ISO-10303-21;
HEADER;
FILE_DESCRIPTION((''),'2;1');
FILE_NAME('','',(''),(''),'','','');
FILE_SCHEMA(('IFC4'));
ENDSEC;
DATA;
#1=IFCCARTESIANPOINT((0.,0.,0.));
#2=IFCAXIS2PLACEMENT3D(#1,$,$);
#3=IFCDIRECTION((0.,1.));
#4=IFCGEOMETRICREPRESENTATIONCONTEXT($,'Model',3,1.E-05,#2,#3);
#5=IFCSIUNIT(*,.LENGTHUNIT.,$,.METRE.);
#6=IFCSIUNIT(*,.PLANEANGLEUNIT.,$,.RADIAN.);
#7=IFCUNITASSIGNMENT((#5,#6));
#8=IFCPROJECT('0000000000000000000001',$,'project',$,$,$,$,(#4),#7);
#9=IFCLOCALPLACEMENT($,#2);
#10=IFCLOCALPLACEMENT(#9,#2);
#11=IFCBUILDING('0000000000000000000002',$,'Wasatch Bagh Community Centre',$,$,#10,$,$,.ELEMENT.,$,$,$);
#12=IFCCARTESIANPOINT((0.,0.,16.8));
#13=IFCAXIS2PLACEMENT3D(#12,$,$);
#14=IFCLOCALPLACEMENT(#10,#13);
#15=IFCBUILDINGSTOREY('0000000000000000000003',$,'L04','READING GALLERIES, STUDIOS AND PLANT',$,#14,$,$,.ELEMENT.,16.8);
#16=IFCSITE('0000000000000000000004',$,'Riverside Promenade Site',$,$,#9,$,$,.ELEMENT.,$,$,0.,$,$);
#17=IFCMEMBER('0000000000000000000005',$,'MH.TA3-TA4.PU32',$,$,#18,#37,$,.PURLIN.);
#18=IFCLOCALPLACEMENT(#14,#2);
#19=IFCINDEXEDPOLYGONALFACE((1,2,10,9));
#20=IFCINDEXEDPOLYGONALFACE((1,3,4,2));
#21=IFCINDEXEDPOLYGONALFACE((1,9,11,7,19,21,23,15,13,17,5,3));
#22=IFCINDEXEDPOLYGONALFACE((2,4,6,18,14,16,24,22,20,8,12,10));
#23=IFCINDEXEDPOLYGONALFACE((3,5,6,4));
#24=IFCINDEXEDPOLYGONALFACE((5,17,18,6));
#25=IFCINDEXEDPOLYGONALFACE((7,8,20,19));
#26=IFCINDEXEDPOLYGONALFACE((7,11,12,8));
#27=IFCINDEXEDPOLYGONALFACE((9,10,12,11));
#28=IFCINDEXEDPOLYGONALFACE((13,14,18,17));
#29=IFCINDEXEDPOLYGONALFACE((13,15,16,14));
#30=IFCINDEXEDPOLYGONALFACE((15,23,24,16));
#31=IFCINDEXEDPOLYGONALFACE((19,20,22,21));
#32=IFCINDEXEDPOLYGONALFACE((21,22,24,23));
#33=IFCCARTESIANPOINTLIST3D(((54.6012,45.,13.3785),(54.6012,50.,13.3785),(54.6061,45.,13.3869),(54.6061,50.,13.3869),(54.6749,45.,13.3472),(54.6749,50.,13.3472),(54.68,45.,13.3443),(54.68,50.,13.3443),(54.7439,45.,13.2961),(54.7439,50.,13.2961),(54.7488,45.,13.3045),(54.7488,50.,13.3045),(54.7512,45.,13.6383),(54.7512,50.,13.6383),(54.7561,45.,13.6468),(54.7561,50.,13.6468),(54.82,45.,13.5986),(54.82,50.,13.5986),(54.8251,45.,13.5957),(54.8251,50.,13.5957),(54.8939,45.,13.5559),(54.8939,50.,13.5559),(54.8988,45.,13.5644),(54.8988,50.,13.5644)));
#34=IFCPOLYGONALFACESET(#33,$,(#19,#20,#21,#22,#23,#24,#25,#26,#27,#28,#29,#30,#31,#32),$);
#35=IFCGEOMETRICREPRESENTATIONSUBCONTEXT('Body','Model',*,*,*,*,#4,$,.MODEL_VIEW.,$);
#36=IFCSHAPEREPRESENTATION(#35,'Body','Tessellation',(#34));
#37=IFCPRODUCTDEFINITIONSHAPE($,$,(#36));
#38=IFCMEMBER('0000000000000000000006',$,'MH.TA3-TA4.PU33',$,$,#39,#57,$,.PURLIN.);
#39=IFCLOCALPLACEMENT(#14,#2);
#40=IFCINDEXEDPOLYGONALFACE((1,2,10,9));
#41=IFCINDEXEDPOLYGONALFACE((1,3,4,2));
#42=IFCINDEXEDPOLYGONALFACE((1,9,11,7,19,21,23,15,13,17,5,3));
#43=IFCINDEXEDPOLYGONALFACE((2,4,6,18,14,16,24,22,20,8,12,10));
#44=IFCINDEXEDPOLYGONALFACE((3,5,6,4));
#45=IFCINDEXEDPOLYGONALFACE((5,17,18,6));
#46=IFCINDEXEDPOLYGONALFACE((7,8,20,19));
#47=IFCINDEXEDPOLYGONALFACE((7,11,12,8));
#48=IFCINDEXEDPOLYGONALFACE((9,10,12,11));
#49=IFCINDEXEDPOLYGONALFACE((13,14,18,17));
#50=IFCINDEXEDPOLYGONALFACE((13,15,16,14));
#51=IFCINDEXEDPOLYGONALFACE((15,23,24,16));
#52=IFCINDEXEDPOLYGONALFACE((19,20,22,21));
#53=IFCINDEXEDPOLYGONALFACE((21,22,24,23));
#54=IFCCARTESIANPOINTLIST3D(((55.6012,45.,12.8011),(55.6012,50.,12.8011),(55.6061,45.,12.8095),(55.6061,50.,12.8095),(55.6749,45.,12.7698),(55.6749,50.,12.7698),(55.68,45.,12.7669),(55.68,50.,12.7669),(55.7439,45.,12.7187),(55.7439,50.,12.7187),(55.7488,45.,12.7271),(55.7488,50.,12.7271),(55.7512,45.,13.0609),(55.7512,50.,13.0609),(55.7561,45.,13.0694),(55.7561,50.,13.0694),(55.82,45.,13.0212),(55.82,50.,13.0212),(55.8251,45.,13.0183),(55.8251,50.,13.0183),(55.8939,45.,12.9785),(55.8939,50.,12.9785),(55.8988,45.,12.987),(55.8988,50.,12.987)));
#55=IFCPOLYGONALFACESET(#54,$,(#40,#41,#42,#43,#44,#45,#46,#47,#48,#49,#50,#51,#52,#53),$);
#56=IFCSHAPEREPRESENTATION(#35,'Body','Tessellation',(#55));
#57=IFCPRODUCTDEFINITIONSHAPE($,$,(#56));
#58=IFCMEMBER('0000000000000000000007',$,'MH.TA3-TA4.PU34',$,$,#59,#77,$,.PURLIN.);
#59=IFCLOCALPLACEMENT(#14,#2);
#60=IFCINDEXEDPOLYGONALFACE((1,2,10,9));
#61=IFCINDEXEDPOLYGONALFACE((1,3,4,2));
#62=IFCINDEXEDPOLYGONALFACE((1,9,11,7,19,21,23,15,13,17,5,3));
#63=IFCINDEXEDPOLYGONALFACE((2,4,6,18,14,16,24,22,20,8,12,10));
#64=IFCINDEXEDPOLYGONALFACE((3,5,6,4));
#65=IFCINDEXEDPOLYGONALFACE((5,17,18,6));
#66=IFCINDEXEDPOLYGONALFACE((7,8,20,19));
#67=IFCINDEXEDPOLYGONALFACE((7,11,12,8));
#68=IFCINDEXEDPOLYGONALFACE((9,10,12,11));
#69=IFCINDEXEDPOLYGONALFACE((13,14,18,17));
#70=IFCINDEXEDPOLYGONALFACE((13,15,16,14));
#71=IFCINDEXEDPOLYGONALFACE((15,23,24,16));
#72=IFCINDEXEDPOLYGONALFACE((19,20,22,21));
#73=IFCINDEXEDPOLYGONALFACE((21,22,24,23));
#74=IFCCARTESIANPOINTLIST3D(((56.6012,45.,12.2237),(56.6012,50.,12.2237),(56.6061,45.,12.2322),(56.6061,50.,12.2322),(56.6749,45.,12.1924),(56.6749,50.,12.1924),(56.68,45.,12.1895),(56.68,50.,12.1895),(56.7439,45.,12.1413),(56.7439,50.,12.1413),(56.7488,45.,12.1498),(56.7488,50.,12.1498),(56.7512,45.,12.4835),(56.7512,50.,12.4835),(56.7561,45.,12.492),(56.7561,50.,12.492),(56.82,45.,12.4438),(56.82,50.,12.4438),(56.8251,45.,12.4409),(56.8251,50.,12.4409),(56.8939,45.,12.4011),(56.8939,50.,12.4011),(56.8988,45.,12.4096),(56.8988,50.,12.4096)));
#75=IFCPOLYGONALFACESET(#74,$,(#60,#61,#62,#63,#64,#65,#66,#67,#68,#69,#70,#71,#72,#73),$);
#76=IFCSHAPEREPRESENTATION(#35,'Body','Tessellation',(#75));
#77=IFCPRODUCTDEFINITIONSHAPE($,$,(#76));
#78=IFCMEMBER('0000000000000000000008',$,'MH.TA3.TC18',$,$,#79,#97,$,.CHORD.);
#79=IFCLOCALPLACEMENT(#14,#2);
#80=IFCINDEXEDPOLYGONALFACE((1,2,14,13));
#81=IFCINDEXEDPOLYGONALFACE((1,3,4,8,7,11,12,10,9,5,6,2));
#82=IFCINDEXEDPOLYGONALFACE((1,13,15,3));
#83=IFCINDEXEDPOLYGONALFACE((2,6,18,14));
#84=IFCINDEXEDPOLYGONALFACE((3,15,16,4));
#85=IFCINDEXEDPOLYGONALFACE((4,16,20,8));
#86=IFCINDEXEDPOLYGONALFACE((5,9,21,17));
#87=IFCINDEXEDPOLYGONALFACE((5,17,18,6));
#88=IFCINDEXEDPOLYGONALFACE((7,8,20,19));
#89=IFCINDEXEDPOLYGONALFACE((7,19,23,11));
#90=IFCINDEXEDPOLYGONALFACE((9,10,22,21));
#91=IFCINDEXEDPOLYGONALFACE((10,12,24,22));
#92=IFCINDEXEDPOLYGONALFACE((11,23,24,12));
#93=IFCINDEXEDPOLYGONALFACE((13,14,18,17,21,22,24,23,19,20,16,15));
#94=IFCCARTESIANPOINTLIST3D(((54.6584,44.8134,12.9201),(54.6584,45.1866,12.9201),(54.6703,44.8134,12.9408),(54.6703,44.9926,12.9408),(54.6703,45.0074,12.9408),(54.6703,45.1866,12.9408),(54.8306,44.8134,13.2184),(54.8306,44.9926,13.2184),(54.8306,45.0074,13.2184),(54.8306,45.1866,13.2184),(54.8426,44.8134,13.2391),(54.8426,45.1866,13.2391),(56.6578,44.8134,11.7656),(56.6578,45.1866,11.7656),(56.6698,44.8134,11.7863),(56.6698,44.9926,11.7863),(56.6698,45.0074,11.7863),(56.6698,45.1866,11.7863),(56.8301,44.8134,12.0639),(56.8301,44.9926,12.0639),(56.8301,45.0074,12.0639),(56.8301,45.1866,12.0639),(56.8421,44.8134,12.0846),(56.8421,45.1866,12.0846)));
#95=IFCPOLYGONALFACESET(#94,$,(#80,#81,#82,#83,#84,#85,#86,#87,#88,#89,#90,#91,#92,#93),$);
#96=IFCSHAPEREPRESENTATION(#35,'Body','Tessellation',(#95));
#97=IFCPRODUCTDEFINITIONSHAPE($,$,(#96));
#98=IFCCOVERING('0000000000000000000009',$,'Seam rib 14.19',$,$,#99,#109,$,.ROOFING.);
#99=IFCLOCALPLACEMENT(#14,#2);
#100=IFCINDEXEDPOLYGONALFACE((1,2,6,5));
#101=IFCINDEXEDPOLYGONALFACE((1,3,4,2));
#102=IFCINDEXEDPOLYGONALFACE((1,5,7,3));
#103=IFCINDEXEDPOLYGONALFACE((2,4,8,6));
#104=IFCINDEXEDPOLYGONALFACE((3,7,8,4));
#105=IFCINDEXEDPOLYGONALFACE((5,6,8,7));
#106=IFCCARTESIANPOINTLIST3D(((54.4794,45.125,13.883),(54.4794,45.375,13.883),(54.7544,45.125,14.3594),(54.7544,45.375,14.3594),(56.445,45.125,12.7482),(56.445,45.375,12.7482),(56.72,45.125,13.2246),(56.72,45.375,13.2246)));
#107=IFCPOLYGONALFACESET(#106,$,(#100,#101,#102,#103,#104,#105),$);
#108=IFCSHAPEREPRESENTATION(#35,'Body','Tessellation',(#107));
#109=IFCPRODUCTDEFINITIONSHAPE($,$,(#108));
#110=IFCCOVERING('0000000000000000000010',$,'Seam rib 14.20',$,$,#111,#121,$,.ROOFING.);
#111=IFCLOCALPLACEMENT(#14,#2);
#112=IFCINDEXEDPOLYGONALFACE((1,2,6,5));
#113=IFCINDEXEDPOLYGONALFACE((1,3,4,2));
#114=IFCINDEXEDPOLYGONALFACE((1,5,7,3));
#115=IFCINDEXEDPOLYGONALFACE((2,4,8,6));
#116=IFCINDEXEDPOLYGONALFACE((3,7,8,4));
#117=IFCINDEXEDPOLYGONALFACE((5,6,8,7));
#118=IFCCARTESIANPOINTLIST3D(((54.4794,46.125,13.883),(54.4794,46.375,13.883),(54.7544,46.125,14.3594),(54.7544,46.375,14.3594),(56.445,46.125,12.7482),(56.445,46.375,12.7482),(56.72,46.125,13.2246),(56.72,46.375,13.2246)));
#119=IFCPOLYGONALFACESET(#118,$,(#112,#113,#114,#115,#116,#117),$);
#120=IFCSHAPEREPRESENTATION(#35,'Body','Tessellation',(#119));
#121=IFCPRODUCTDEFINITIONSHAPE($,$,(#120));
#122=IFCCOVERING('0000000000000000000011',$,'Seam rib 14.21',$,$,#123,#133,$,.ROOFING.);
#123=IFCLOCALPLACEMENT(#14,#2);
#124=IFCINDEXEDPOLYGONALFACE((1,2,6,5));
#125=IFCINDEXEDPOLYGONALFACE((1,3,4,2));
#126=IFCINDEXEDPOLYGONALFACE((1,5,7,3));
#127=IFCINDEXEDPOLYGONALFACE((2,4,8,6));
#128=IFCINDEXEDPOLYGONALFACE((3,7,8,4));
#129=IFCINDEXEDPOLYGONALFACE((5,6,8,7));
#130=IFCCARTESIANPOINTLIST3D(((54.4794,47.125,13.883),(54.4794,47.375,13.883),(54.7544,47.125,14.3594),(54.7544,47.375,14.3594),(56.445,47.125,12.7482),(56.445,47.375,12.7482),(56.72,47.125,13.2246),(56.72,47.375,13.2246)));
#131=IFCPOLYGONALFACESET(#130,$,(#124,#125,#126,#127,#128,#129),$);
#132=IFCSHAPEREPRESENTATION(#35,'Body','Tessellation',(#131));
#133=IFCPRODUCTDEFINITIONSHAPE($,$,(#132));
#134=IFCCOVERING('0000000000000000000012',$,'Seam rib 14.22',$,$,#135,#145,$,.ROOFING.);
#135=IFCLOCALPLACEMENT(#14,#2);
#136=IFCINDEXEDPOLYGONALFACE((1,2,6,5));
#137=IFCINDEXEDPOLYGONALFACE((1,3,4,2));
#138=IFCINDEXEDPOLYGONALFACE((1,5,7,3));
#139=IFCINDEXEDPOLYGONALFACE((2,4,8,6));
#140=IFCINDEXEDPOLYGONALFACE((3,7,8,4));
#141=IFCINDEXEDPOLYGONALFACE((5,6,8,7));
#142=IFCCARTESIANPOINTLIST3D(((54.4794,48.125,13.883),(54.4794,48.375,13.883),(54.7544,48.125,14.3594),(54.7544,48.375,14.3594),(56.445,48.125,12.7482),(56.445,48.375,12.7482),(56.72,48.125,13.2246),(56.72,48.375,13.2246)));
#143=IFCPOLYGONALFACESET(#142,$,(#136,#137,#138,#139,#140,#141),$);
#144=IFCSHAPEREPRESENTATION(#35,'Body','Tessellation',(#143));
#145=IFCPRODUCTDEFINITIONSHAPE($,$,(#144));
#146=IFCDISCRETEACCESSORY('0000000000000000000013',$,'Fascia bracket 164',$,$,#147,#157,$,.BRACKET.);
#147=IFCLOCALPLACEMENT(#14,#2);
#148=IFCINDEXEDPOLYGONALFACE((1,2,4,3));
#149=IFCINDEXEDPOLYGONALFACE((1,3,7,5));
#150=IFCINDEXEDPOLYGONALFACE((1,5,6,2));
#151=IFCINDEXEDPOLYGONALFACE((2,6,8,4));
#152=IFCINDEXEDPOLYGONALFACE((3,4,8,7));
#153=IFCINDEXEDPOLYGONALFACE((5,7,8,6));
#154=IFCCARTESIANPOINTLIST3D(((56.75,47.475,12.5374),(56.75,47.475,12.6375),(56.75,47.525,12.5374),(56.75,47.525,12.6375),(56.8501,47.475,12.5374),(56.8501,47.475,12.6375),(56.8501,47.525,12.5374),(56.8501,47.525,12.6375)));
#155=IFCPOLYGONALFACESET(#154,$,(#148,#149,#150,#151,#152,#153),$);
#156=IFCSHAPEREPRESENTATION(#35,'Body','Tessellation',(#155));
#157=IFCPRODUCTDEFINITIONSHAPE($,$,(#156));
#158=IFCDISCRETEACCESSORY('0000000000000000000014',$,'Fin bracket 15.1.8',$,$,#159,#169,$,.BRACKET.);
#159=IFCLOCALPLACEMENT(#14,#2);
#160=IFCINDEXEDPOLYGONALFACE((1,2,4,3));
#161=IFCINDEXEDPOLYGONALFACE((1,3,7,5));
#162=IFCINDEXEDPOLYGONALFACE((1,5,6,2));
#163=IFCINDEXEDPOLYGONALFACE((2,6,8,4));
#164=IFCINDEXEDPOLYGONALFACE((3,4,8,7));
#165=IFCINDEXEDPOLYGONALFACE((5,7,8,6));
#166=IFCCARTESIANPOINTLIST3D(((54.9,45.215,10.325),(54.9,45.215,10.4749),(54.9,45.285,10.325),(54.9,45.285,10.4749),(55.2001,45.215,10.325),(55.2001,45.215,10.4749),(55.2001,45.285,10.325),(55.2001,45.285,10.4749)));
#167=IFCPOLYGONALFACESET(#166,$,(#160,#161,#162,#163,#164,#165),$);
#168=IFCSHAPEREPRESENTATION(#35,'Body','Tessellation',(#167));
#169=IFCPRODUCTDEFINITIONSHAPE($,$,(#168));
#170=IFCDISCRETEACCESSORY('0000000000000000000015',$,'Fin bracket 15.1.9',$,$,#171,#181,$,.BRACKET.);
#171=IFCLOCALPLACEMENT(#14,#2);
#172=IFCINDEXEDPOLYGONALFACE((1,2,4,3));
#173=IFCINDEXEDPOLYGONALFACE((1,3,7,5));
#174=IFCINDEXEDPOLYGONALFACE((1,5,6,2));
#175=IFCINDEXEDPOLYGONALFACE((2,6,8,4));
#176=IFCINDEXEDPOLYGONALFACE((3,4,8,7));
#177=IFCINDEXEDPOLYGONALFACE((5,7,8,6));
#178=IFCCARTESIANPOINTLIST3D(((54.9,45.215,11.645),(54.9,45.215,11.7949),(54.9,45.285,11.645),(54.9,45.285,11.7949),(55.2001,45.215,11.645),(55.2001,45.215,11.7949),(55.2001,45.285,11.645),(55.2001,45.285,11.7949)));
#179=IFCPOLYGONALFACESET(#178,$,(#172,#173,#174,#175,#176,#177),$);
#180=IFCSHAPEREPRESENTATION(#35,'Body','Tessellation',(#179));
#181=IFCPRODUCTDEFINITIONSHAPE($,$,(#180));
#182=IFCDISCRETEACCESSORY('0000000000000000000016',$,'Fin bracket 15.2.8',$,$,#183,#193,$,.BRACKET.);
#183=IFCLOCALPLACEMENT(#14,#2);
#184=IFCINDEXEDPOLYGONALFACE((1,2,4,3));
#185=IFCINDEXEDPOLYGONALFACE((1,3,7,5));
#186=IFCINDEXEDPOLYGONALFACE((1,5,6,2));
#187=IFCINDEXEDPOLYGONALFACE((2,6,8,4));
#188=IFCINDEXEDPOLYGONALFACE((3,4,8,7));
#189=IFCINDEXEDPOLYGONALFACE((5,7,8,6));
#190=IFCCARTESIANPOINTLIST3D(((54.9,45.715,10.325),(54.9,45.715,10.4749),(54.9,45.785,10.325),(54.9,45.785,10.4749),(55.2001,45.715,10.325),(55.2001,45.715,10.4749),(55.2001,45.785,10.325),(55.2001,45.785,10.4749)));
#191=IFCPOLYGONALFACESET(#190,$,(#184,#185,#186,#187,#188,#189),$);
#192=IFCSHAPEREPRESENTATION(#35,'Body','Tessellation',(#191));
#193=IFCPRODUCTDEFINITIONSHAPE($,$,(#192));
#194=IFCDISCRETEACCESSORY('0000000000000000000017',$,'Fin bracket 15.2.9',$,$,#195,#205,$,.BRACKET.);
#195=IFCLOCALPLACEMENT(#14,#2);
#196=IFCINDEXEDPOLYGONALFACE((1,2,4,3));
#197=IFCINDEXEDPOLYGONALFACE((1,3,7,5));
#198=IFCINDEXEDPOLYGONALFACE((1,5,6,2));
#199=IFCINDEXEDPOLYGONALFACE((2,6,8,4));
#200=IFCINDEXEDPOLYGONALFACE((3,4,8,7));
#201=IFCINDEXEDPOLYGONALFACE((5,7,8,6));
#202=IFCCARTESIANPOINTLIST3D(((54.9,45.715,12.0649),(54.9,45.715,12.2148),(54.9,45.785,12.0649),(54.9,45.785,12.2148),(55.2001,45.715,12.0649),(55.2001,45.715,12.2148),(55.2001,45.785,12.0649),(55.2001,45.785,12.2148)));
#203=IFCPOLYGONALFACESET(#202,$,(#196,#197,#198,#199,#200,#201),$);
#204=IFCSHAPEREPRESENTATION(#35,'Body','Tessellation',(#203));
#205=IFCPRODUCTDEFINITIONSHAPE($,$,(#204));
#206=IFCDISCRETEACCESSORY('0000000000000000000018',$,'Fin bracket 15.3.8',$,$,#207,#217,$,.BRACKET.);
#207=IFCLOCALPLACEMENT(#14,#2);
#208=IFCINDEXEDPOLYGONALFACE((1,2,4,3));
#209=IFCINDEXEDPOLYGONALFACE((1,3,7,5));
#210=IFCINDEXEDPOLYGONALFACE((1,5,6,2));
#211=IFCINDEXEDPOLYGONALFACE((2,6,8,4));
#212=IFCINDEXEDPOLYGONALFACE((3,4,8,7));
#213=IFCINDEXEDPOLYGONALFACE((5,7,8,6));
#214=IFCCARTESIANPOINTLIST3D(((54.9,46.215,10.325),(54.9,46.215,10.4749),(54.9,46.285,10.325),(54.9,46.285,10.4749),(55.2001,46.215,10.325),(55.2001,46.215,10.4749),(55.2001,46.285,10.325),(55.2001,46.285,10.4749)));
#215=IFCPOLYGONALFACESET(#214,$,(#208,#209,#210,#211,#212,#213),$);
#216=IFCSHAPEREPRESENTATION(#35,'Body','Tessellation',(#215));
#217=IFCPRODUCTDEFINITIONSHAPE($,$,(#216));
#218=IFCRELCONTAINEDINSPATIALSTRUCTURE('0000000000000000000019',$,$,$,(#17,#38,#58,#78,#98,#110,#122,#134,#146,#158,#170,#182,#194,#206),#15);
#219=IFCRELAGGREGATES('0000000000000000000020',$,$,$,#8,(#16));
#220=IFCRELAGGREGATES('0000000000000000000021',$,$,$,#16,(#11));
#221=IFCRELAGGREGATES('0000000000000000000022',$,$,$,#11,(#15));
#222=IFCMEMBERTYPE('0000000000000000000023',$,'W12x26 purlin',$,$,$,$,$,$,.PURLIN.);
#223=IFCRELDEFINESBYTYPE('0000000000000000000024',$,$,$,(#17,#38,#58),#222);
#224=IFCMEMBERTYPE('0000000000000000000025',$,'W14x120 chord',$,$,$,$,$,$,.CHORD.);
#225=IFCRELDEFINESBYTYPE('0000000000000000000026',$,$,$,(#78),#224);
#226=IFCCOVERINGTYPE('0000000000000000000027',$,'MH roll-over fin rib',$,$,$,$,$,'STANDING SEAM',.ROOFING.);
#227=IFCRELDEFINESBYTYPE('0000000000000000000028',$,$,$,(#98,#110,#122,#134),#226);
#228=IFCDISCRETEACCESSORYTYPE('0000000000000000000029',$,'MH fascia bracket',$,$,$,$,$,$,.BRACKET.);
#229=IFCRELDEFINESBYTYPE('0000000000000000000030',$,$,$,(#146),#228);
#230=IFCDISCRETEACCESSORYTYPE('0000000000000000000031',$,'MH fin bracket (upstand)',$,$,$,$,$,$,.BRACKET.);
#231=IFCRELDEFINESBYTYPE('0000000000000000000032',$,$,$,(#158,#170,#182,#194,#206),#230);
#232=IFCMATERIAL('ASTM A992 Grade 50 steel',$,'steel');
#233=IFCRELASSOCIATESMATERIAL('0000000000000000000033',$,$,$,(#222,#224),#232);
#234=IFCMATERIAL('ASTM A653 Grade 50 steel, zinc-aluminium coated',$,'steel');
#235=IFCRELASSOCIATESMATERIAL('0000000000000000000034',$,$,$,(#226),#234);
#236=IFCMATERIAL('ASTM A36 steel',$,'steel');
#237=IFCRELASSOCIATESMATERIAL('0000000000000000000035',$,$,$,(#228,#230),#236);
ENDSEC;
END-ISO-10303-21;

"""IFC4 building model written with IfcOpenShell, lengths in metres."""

from ifc_helpers import new_model, si_unit, direction, frame, origin, origin_2d, place, context, subcontext, project, spatial, polyline, rectangle, i_section, outline, extrude, material, material_profile, profile_set, type_object, element, save


model = new_model("IFC4")

# Units and contexts
model_context = context("Model", 3, precision=1e-05, world=origin(), true_north=direction((0.0, 1.0)))
body_context = subcontext(model_context, "Body", "Model", "MODEL_VIEW")
ifc_project = project(units=[si_unit("LENGTHUNIT", "METRE"), si_unit("PLANEANGLEUNIT", "RADIAN")], contexts=[model_context])

# Site, building, storey
site_placement = place(None, origin())
site = spatial("IfcSite", under=ifc_project, at=site_placement, Name="Riverside Promenade Site", CompositionType="ELEMENT", RefElevation=0.0)
building_placement = place(site_placement, origin())
building = spatial("IfcBuilding", under=site, at=building_placement, Name="Wasatch Bagh Community Centre", CompositionType="ELEMENT")
storey_placement = place(building_placement, frame((0.0, 0.0, 16.8)))
storey = spatial("IfcBuildingStorey", under=building, at=storey_placement, Name="L04", Description="READING GALLERIES, STUDIOS AND PLANT", CompositionType="ELEMENT", Elevation=16.8)

# Members
ifc_material_1 = material(Name="ASTM A992 Grade 50 steel", Category="steel")
ifc_material_profile_1 = material_profile(ifc_material_1, i_section(OverallWidth=0.1648, OverallDepth=0.3098, WebThickness=0.0059, FlangeThickness=0.0098, at=origin_2d()), Name="W12x26")
ifc_profile_set_1 = profile_set([ifc_material_profile_1], Name="ASTM A992 Grade 50 steel")
member_type_1 = type_object("IfcMemberType", Name="W12x26 purlin", PredefinedType="PURLIN", material=ifc_profile_set_1)
for number, where, z_axis, x_axis, name in (
    (1, (54.75, 45.0, 13.4714), (0.0, 1.0, 0.0), (-0.866025, 0.0, 0.5), "MH.TA3-TA4.PU32"),
    (2, (55.75, 45.0, 12.894), (0.0, 1.0, 0.0), (-0.866025, 0.0, 0.5), "MH.TA3-TA4.PU33"),
    (3, (56.75, 45.0, 12.3167), (0.0, 1.0, 0.0), (-0.866025, 0.0, 0.5), "MH.TA3-TA4.PU34"),
):
    element("IfcMember", number, at=place(storey_placement, frame(where, z_axis=z_axis, x_axis=x_axis)), inside=storey, type_object=member_type_1, Name=name, PredefinedType="PURLIN", context=body_context, shape_type="SweptSolid", body=[
        extrude(i_section(OverallWidth=0.1648, OverallDepth=0.3098, WebThickness=0.0059, FlangeThickness=0.0098, at=origin_2d()), origin(), (0.0, 0.0, 1.0), 5.0),
    ])
ifc_material_profile_2 = material_profile(ifc_material_1, i_section(OverallWidth=0.3733, OverallDepth=0.3684, WebThickness=0.0149, FlangeThickness=0.0239, at=origin_2d()), Name="W14x120")
ifc_profile_set_2 = profile_set([ifc_material_profile_2], Name="ASTM A992 Grade 50 steel")
member_type_2 = type_object("IfcMemberType", Name="W14x120 chord", PredefinedType="CHORD", material=ifc_profile_set_2)
member_placement = place(storey_placement, frame((54.7505, 45.0, 13.0796), z_axis=(0.866002, 0.0, -0.50004), x_axis=(0.0, 1.0, 0.0)))
element("IfcMember", 4, at=member_placement, inside=storey, type_object=member_type_2, Name="MH.TA3.TC18", PredefinedType="CHORD", context=body_context, shape_type="SweptSolid", body=[
    extrude(i_section(OverallWidth=0.3733, OverallDepth=0.3684, WebThickness=0.0149, FlangeThickness=0.0239, at=origin_2d()), origin(), (0.0, 0.0, 1.0), 2.3088),
])

# Coverings
ifc_material_2 = material(Name="ASTM A653 Grade 50 steel, zinc-aluminium coated", Category="steel")
covering_type = type_object("IfcCoveringType", Name="MH roll-over fin rib", ElementType="STANDING SEAM", PredefinedType="ROOFING", material=ifc_material_2)
for number, where, z_axis, x_axis, name in (
    (5, (54.7544, 45.125, 14.3594), (0.49998, 0.0, 0.866037), (0.866037, 0.0, -0.49998), "Seam rib 14.19"),
    (6, (54.7544, 46.125, 14.3594), (0.49998, 0.0, 0.866037), (0.866037, 0.0, -0.49998), "Seam rib 14.20"),
    (7, (54.7544, 47.125, 14.3594), (0.49998, 0.0, 0.866037), (0.866037, 0.0, -0.49998), "Seam rib 14.21"),
    (8, (54.7544, 48.125, 14.3594), (0.49998, 0.0, 0.866037), (0.866037, 0.0, -0.49998), "Seam rib 14.22"),
):
    element("IfcCovering", number, at=place(storey_placement, frame(where, z_axis=z_axis, x_axis=x_axis)), inside=storey, type_object=covering_type, Name=name, PredefinedType="ROOFING", context=body_context, shape_type="SweptSolid", body=[
        extrude(outline(polyline([(0.0, 0.0), (2.2696, 0.0), (2.2696, 0.25), (0.0, 0.25), (0.0, 0.0)])), origin(), (0.0, 0.0, -1.0), 0.55),
    ])

# Discrete accessories
ifc_material_3 = material(Name="ASTM A36 steel", Category="steel")
discrete_accessory_type_1 = type_object("IfcDiscreteAccessoryType", Name="MH fascia bracket", PredefinedType="BRACKET", material=ifc_material_3)
discrete_accessory_placement = place(storey_placement, frame((56.8, 47.5, 12.5374), z_axis=(0.0, 0.0, 1.0), x_axis=(1.0, 0.0, 0.0)))
element("IfcDiscreteAccessory", 9, at=discrete_accessory_placement, inside=storey, type_object=discrete_accessory_type_1, Name="Fascia bracket 164", PredefinedType="BRACKET", context=body_context, shape_type="SweptSolid", body=[
    extrude(rectangle(XDim=0.1001, YDim=0.05, at=origin_2d()), origin(), (0.0, 0.0, 1.0), 0.1001),
])
discrete_accessory_type_2 = type_object("IfcDiscreteAccessoryType", Name="MH fin bracket (upstand)", PredefinedType="BRACKET", material=ifc_material_3)
for number, where, z_axis, x_axis, name in (
    (10, (55.05, 45.25, 10.325), (0.0, 0.0, 1.0), (0.0, 1.0, 0.0), "Fin bracket 15.1.8"),
    (11, (55.05, 45.25, 11.645), (0.0, 0.0, 1.0), (0.0, 1.0, 0.0), "Fin bracket 15.1.9"),
    (12, (55.05, 45.75, 10.325), (0.0, 0.0, 1.0), (0.0, 1.0, 0.0), "Fin bracket 15.2.8"),
    (13, (55.05, 45.75, 12.0649), (0.0, 0.0, 1.0), (0.0, 1.0, 0.0), "Fin bracket 15.2.9"),
    (14, (55.05, 46.25, 10.325), (0.0, 0.0, 1.0), (0.0, 1.0, 0.0), "Fin bracket 15.3.8"),
):
    element("IfcDiscreteAccessory", number, at=place(storey_placement, frame(where, z_axis=z_axis, x_axis=x_axis)), inside=storey, type_object=discrete_accessory_type_2, Name=name, PredefinedType="BRACKET", context=body_context, shape_type="SweptSolid", body=[
        extrude(rectangle(XDim=0.0701, YDim=0.3, at=origin_2d()), origin(), (0.0, 0.0, 1.0), 0.1499),
    ])

save(model, "model.ifc")
